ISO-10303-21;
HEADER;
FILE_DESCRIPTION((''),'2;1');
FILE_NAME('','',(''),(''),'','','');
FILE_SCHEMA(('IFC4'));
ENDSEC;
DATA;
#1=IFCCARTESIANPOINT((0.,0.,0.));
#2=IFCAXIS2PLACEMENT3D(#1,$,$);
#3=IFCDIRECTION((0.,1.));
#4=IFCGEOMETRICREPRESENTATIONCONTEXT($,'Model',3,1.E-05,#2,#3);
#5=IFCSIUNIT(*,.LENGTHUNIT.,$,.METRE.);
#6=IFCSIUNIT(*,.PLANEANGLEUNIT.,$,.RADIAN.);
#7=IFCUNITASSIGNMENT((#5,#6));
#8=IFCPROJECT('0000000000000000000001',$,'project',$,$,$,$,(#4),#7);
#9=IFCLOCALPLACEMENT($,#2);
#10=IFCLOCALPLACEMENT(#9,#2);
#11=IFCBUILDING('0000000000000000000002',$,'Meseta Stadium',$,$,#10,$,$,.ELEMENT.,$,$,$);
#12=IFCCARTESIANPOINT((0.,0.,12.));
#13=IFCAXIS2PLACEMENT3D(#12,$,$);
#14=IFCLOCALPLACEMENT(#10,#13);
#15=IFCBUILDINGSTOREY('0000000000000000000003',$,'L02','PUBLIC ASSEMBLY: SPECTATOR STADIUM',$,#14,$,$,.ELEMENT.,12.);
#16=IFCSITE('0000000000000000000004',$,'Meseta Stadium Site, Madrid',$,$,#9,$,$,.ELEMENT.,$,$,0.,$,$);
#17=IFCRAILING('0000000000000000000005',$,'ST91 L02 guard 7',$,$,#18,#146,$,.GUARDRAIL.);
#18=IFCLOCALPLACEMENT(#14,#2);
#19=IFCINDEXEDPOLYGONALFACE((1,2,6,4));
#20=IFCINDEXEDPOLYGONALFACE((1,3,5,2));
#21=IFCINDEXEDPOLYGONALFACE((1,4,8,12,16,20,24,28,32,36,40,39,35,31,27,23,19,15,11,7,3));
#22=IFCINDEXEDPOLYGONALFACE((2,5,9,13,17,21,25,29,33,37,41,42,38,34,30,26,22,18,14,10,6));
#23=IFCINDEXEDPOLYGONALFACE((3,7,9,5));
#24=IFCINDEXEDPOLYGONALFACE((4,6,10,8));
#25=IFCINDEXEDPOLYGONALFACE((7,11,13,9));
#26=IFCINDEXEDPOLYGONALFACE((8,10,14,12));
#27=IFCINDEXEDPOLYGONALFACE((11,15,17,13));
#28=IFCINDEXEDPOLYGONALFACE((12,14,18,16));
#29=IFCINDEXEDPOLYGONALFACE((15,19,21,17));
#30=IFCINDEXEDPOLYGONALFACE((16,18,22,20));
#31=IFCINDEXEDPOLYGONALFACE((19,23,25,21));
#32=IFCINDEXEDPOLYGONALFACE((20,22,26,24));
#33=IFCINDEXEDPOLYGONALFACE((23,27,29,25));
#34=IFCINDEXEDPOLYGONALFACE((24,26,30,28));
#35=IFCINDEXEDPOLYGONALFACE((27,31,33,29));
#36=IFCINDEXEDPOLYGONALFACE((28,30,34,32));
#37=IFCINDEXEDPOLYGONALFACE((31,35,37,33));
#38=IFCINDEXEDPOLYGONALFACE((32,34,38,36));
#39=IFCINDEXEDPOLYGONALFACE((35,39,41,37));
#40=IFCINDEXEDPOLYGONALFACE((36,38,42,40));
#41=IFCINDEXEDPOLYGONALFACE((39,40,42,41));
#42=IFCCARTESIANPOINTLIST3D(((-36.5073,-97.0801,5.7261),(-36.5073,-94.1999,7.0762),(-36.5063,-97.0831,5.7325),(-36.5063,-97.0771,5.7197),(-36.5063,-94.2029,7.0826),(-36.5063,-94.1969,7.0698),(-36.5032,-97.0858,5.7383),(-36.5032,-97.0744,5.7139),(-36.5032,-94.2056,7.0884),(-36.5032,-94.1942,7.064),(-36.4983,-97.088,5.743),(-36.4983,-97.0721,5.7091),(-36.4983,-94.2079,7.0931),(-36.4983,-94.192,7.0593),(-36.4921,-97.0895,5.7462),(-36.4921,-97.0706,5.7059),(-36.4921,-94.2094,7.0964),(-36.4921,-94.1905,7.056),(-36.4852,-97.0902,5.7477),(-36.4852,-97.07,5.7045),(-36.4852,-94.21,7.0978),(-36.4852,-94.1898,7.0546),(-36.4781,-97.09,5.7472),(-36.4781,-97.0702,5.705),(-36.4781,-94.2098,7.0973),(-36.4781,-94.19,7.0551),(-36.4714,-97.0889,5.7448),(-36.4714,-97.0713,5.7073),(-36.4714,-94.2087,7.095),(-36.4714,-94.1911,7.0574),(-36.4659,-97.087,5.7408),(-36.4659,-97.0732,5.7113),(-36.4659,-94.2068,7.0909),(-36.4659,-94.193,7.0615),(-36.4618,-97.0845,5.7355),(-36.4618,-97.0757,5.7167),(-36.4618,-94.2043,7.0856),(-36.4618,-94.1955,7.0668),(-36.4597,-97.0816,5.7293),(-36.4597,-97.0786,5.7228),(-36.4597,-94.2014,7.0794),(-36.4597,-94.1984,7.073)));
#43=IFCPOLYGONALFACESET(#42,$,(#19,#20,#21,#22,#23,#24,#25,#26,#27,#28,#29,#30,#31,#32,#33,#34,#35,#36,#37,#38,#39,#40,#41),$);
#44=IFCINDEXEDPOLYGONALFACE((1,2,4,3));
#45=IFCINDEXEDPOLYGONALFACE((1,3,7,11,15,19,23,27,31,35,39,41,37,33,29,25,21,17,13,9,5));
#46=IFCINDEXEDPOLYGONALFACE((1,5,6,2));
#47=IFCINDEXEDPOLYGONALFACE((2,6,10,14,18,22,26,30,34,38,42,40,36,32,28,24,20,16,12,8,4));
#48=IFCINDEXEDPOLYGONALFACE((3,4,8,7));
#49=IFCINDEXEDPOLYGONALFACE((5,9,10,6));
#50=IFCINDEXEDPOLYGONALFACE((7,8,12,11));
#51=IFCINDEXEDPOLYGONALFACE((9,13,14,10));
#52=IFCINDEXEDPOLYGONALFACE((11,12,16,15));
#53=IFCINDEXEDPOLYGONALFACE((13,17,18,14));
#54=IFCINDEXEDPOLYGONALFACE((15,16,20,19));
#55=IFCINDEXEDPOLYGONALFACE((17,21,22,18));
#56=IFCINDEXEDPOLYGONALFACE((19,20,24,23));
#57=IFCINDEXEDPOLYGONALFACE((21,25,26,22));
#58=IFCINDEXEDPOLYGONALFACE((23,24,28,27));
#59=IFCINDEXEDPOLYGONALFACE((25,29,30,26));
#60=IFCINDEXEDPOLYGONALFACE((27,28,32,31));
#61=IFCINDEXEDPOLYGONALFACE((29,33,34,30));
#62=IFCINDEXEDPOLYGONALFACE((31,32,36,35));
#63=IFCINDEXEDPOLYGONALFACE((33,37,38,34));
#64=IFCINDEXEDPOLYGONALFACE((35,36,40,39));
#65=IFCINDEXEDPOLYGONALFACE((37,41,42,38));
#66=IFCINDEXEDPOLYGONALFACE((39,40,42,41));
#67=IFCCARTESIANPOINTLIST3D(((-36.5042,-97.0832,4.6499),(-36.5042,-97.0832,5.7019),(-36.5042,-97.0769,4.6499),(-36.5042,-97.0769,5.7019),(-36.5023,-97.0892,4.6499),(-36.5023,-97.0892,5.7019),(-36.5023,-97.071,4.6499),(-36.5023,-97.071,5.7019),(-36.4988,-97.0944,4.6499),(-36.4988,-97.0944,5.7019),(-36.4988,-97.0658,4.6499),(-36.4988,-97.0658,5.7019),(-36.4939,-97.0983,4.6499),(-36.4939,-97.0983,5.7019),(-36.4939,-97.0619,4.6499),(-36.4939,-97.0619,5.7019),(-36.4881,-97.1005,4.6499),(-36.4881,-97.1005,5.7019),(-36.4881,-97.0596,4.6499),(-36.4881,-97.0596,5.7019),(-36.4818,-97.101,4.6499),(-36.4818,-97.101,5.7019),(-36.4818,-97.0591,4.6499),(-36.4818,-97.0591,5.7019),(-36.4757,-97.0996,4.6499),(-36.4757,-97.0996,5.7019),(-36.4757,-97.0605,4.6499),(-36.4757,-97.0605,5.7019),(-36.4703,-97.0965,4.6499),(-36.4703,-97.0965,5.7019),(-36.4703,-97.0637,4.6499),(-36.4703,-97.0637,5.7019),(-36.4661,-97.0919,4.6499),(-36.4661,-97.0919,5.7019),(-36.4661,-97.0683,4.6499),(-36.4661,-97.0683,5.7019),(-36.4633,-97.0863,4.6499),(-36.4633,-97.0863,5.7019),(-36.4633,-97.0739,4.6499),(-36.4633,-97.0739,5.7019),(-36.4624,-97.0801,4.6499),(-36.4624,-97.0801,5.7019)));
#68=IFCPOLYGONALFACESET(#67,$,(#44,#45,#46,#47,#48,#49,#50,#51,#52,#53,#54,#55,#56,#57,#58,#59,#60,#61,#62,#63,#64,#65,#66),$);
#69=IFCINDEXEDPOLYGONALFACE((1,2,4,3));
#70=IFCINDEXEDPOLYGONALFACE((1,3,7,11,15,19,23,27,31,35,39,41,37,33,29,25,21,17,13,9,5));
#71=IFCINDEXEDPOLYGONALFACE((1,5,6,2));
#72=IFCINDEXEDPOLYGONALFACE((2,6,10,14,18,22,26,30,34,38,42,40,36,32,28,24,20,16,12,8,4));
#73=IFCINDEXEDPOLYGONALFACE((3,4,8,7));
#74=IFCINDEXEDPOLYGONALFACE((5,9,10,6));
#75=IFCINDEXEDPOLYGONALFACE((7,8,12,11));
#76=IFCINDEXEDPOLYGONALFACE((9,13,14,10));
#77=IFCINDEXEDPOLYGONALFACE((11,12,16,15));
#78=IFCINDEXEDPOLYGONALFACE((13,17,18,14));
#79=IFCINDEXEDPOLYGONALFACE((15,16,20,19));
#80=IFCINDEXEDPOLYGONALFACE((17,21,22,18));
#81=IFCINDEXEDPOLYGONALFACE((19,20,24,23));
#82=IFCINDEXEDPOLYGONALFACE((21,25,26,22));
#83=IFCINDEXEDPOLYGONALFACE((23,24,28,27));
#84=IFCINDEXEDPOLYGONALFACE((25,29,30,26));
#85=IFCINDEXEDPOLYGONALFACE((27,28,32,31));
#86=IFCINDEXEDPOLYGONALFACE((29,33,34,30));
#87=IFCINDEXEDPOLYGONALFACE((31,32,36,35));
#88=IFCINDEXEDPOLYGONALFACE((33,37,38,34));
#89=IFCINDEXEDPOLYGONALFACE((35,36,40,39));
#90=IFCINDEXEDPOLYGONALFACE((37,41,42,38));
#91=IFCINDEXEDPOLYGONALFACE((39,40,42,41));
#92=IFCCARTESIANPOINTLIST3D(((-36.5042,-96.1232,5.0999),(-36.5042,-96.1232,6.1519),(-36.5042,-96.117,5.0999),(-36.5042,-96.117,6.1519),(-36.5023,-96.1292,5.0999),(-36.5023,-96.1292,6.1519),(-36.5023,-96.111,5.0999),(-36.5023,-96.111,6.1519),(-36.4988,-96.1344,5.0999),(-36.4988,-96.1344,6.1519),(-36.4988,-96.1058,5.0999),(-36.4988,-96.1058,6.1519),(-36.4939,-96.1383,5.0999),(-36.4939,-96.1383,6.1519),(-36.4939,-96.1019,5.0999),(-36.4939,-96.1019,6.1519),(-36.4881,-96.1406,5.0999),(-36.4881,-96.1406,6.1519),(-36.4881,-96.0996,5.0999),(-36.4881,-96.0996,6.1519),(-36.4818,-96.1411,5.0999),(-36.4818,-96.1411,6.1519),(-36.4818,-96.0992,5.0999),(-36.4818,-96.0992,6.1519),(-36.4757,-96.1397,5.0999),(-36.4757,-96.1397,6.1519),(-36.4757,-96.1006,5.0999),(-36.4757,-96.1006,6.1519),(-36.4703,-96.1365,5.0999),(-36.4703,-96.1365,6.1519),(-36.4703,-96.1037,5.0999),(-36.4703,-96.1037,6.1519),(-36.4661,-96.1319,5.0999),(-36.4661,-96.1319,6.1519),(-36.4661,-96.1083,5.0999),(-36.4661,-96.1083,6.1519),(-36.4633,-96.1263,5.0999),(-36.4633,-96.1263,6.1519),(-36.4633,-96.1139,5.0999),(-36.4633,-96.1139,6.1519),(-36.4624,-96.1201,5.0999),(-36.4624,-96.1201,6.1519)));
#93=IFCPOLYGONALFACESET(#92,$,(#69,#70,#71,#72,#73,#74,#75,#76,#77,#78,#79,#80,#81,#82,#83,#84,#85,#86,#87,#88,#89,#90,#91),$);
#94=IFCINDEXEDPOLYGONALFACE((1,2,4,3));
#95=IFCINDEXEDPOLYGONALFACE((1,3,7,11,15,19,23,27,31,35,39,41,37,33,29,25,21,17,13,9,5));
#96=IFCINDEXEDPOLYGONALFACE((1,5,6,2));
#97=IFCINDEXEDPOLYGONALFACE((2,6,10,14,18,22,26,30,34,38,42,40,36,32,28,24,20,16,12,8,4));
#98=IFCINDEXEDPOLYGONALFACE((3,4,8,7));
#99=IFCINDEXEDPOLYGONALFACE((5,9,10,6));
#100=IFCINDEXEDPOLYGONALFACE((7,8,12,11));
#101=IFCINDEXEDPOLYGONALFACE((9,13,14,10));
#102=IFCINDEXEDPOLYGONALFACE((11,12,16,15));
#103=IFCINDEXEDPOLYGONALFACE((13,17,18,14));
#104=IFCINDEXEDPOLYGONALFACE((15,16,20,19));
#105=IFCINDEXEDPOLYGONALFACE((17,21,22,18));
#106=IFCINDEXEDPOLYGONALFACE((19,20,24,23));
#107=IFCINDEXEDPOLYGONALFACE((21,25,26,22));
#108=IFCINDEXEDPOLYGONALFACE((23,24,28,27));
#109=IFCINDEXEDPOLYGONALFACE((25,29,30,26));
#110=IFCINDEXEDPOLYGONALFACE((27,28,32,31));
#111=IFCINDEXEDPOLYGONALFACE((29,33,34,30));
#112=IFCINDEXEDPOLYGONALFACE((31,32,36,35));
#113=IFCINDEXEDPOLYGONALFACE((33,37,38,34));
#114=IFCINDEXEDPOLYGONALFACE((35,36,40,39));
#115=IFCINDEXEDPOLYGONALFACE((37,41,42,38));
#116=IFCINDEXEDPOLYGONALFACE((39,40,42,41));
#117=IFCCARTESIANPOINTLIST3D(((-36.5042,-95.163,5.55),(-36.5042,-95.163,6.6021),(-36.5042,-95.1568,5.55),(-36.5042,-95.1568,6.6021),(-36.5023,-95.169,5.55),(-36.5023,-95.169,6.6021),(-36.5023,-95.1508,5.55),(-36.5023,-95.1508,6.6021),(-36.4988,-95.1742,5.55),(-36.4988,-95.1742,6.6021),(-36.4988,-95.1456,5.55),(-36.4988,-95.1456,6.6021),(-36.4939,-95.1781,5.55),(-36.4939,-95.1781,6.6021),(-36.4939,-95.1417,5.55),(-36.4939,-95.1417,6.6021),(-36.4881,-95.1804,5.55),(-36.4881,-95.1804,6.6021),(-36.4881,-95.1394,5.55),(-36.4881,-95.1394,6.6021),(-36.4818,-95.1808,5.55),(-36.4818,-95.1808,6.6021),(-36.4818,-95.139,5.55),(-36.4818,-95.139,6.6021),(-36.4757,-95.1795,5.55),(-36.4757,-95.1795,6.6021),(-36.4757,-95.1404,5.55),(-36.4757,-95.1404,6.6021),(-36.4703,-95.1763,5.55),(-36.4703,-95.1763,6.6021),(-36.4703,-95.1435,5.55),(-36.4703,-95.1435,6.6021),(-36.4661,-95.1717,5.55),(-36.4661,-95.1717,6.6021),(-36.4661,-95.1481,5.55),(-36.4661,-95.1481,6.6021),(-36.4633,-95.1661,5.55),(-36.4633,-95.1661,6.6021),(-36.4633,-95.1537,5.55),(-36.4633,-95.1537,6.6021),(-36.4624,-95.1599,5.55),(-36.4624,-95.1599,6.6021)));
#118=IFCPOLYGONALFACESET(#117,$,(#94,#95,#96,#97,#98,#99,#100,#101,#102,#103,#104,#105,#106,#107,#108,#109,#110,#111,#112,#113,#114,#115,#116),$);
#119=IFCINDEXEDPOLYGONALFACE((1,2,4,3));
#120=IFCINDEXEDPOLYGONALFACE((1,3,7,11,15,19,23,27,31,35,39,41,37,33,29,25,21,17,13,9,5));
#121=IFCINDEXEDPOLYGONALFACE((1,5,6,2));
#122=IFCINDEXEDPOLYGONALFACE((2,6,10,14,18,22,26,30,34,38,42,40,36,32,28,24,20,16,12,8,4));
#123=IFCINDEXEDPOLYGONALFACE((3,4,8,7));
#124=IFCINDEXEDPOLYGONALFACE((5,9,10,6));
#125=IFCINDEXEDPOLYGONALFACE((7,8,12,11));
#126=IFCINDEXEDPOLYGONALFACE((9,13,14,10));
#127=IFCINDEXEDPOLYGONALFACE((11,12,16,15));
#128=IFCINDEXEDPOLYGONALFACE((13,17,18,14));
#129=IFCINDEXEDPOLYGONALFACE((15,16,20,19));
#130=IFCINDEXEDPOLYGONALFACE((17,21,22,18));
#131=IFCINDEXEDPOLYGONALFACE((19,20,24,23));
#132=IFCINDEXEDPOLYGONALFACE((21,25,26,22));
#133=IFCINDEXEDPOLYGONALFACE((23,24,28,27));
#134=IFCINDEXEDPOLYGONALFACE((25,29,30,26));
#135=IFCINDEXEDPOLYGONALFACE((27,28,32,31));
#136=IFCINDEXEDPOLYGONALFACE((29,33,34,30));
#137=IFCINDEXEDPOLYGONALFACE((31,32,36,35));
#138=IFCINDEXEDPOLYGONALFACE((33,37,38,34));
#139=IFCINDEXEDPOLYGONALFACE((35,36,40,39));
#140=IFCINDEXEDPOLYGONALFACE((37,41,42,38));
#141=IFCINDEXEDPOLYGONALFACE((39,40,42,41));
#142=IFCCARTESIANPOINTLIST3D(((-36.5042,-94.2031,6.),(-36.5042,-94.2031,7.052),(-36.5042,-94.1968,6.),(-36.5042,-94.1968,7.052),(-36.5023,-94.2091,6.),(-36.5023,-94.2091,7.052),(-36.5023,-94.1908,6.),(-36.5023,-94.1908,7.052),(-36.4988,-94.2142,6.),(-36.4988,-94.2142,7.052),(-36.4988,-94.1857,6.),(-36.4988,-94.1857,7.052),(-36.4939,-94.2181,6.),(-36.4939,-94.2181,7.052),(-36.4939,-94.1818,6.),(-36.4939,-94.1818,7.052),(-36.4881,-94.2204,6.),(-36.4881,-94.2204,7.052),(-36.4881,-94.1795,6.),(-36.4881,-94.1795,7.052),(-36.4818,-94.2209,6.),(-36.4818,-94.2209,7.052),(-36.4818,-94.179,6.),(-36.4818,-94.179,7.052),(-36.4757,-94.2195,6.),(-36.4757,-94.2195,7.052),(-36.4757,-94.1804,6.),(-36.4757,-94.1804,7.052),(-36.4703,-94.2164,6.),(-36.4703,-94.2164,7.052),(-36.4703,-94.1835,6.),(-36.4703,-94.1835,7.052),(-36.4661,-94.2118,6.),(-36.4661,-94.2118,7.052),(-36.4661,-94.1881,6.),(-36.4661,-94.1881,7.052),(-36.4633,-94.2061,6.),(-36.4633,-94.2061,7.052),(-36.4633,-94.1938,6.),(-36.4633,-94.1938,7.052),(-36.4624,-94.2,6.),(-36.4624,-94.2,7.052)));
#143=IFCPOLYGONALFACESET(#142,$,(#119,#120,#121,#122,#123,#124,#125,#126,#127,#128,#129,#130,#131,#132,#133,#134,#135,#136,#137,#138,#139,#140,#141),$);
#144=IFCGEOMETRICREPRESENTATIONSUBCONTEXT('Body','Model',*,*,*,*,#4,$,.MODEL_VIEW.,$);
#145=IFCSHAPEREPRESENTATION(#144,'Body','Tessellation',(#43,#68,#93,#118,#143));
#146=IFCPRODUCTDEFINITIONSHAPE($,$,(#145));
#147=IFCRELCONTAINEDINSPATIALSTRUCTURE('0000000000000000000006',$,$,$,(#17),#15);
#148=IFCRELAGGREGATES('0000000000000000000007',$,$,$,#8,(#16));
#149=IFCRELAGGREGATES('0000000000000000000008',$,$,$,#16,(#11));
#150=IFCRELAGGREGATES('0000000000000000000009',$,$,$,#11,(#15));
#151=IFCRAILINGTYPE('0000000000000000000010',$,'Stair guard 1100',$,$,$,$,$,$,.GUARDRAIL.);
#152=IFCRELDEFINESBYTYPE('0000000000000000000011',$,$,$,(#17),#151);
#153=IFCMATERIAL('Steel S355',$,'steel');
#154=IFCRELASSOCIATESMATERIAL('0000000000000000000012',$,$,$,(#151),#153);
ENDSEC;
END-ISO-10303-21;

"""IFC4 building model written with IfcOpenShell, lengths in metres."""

from ifc_helpers import new_model, si_unit, direction, frame, origin, origin_2d, place, context, subcontext, project, spatial, circle, extrude, material, type_object, element, save


model = new_model("IFC4")

# Units and contexts
model_context = context("Model", 3, precision=1e-05, world=origin(), true_north=direction((0.0, 1.0)))
body_context = subcontext(model_context, "Body", "Model", "MODEL_VIEW")
ifc_project = project(units=[si_unit("LENGTHUNIT", "METRE"), si_unit("PLANEANGLEUNIT", "RADIAN")], contexts=[model_context])

# Site, building, storey
site_placement = place(None, origin())
site = spatial("IfcSite", under=ifc_project, at=site_placement, Name="Meseta Stadium Site, Madrid", CompositionType="ELEMENT", RefElevation=0.0)
building_placement = place(site_placement, origin())
building = spatial("IfcBuilding", under=site, at=building_placement, Name="Meseta Stadium", CompositionType="ELEMENT")
storey_placement = place(building_placement, frame((0.0, 0.0, 12.0)))
storey = spatial("IfcBuildingStorey", under=building, at=storey_placement, Name="L02", Description="PUBLIC ASSEMBLY: SPECTATOR STADIUM", CompositionType="ELEMENT", Elevation=12.0)

# Railing
ifc_material_1 = material(Name="Steel S355", Category="steel")
railing_type_1 = type_object("IfcRailingType", Name="Stair guard 1100", PredefinedType="GUARDRAIL", material=ifc_material_1)
railing_1_placement = place(storey_placement, frame((-36.4834, -97.0801, 4.6499)))
element("IfcRailing", 1, at=railing_1_placement, inside=storey, type_object=railing_type_1, Name="ST91 L02 guard 7", PredefinedType="GUARDRAIL", context=body_context, shape_type="SweptSolid", body=[
    extrude(circle(Radius=0.0239, at=origin_2d()), frame((0.0, 0.0, 1.0762), z_axis=(0.0, 0.905454, 0.424444), x_axis=(-1.0, 0.0, 0.0)), (0.0, 0.0, 1.0), 3.1809),
    extrude(circle(Radius=0.021, at=origin_2d()), origin(), (0.0, 0.0, 1.0), 1.052),
    extrude(circle(Radius=0.021, at=origin_2d()), frame((0.0, 0.96, 0.45)), (0.0, 0.0, 1.0), 1.052),
    extrude(circle(Radius=0.021, at=origin_2d()), frame((0.0, 1.9202, 0.9001)), (0.0, 0.0, 1.0), 1.052),
    extrude(circle(Radius=0.021, at=origin_2d()), frame((0.0, 2.8801, 1.3501)), (0.0, 0.0, 1.0), 1.052),
])

save(model, "model.ifc")
